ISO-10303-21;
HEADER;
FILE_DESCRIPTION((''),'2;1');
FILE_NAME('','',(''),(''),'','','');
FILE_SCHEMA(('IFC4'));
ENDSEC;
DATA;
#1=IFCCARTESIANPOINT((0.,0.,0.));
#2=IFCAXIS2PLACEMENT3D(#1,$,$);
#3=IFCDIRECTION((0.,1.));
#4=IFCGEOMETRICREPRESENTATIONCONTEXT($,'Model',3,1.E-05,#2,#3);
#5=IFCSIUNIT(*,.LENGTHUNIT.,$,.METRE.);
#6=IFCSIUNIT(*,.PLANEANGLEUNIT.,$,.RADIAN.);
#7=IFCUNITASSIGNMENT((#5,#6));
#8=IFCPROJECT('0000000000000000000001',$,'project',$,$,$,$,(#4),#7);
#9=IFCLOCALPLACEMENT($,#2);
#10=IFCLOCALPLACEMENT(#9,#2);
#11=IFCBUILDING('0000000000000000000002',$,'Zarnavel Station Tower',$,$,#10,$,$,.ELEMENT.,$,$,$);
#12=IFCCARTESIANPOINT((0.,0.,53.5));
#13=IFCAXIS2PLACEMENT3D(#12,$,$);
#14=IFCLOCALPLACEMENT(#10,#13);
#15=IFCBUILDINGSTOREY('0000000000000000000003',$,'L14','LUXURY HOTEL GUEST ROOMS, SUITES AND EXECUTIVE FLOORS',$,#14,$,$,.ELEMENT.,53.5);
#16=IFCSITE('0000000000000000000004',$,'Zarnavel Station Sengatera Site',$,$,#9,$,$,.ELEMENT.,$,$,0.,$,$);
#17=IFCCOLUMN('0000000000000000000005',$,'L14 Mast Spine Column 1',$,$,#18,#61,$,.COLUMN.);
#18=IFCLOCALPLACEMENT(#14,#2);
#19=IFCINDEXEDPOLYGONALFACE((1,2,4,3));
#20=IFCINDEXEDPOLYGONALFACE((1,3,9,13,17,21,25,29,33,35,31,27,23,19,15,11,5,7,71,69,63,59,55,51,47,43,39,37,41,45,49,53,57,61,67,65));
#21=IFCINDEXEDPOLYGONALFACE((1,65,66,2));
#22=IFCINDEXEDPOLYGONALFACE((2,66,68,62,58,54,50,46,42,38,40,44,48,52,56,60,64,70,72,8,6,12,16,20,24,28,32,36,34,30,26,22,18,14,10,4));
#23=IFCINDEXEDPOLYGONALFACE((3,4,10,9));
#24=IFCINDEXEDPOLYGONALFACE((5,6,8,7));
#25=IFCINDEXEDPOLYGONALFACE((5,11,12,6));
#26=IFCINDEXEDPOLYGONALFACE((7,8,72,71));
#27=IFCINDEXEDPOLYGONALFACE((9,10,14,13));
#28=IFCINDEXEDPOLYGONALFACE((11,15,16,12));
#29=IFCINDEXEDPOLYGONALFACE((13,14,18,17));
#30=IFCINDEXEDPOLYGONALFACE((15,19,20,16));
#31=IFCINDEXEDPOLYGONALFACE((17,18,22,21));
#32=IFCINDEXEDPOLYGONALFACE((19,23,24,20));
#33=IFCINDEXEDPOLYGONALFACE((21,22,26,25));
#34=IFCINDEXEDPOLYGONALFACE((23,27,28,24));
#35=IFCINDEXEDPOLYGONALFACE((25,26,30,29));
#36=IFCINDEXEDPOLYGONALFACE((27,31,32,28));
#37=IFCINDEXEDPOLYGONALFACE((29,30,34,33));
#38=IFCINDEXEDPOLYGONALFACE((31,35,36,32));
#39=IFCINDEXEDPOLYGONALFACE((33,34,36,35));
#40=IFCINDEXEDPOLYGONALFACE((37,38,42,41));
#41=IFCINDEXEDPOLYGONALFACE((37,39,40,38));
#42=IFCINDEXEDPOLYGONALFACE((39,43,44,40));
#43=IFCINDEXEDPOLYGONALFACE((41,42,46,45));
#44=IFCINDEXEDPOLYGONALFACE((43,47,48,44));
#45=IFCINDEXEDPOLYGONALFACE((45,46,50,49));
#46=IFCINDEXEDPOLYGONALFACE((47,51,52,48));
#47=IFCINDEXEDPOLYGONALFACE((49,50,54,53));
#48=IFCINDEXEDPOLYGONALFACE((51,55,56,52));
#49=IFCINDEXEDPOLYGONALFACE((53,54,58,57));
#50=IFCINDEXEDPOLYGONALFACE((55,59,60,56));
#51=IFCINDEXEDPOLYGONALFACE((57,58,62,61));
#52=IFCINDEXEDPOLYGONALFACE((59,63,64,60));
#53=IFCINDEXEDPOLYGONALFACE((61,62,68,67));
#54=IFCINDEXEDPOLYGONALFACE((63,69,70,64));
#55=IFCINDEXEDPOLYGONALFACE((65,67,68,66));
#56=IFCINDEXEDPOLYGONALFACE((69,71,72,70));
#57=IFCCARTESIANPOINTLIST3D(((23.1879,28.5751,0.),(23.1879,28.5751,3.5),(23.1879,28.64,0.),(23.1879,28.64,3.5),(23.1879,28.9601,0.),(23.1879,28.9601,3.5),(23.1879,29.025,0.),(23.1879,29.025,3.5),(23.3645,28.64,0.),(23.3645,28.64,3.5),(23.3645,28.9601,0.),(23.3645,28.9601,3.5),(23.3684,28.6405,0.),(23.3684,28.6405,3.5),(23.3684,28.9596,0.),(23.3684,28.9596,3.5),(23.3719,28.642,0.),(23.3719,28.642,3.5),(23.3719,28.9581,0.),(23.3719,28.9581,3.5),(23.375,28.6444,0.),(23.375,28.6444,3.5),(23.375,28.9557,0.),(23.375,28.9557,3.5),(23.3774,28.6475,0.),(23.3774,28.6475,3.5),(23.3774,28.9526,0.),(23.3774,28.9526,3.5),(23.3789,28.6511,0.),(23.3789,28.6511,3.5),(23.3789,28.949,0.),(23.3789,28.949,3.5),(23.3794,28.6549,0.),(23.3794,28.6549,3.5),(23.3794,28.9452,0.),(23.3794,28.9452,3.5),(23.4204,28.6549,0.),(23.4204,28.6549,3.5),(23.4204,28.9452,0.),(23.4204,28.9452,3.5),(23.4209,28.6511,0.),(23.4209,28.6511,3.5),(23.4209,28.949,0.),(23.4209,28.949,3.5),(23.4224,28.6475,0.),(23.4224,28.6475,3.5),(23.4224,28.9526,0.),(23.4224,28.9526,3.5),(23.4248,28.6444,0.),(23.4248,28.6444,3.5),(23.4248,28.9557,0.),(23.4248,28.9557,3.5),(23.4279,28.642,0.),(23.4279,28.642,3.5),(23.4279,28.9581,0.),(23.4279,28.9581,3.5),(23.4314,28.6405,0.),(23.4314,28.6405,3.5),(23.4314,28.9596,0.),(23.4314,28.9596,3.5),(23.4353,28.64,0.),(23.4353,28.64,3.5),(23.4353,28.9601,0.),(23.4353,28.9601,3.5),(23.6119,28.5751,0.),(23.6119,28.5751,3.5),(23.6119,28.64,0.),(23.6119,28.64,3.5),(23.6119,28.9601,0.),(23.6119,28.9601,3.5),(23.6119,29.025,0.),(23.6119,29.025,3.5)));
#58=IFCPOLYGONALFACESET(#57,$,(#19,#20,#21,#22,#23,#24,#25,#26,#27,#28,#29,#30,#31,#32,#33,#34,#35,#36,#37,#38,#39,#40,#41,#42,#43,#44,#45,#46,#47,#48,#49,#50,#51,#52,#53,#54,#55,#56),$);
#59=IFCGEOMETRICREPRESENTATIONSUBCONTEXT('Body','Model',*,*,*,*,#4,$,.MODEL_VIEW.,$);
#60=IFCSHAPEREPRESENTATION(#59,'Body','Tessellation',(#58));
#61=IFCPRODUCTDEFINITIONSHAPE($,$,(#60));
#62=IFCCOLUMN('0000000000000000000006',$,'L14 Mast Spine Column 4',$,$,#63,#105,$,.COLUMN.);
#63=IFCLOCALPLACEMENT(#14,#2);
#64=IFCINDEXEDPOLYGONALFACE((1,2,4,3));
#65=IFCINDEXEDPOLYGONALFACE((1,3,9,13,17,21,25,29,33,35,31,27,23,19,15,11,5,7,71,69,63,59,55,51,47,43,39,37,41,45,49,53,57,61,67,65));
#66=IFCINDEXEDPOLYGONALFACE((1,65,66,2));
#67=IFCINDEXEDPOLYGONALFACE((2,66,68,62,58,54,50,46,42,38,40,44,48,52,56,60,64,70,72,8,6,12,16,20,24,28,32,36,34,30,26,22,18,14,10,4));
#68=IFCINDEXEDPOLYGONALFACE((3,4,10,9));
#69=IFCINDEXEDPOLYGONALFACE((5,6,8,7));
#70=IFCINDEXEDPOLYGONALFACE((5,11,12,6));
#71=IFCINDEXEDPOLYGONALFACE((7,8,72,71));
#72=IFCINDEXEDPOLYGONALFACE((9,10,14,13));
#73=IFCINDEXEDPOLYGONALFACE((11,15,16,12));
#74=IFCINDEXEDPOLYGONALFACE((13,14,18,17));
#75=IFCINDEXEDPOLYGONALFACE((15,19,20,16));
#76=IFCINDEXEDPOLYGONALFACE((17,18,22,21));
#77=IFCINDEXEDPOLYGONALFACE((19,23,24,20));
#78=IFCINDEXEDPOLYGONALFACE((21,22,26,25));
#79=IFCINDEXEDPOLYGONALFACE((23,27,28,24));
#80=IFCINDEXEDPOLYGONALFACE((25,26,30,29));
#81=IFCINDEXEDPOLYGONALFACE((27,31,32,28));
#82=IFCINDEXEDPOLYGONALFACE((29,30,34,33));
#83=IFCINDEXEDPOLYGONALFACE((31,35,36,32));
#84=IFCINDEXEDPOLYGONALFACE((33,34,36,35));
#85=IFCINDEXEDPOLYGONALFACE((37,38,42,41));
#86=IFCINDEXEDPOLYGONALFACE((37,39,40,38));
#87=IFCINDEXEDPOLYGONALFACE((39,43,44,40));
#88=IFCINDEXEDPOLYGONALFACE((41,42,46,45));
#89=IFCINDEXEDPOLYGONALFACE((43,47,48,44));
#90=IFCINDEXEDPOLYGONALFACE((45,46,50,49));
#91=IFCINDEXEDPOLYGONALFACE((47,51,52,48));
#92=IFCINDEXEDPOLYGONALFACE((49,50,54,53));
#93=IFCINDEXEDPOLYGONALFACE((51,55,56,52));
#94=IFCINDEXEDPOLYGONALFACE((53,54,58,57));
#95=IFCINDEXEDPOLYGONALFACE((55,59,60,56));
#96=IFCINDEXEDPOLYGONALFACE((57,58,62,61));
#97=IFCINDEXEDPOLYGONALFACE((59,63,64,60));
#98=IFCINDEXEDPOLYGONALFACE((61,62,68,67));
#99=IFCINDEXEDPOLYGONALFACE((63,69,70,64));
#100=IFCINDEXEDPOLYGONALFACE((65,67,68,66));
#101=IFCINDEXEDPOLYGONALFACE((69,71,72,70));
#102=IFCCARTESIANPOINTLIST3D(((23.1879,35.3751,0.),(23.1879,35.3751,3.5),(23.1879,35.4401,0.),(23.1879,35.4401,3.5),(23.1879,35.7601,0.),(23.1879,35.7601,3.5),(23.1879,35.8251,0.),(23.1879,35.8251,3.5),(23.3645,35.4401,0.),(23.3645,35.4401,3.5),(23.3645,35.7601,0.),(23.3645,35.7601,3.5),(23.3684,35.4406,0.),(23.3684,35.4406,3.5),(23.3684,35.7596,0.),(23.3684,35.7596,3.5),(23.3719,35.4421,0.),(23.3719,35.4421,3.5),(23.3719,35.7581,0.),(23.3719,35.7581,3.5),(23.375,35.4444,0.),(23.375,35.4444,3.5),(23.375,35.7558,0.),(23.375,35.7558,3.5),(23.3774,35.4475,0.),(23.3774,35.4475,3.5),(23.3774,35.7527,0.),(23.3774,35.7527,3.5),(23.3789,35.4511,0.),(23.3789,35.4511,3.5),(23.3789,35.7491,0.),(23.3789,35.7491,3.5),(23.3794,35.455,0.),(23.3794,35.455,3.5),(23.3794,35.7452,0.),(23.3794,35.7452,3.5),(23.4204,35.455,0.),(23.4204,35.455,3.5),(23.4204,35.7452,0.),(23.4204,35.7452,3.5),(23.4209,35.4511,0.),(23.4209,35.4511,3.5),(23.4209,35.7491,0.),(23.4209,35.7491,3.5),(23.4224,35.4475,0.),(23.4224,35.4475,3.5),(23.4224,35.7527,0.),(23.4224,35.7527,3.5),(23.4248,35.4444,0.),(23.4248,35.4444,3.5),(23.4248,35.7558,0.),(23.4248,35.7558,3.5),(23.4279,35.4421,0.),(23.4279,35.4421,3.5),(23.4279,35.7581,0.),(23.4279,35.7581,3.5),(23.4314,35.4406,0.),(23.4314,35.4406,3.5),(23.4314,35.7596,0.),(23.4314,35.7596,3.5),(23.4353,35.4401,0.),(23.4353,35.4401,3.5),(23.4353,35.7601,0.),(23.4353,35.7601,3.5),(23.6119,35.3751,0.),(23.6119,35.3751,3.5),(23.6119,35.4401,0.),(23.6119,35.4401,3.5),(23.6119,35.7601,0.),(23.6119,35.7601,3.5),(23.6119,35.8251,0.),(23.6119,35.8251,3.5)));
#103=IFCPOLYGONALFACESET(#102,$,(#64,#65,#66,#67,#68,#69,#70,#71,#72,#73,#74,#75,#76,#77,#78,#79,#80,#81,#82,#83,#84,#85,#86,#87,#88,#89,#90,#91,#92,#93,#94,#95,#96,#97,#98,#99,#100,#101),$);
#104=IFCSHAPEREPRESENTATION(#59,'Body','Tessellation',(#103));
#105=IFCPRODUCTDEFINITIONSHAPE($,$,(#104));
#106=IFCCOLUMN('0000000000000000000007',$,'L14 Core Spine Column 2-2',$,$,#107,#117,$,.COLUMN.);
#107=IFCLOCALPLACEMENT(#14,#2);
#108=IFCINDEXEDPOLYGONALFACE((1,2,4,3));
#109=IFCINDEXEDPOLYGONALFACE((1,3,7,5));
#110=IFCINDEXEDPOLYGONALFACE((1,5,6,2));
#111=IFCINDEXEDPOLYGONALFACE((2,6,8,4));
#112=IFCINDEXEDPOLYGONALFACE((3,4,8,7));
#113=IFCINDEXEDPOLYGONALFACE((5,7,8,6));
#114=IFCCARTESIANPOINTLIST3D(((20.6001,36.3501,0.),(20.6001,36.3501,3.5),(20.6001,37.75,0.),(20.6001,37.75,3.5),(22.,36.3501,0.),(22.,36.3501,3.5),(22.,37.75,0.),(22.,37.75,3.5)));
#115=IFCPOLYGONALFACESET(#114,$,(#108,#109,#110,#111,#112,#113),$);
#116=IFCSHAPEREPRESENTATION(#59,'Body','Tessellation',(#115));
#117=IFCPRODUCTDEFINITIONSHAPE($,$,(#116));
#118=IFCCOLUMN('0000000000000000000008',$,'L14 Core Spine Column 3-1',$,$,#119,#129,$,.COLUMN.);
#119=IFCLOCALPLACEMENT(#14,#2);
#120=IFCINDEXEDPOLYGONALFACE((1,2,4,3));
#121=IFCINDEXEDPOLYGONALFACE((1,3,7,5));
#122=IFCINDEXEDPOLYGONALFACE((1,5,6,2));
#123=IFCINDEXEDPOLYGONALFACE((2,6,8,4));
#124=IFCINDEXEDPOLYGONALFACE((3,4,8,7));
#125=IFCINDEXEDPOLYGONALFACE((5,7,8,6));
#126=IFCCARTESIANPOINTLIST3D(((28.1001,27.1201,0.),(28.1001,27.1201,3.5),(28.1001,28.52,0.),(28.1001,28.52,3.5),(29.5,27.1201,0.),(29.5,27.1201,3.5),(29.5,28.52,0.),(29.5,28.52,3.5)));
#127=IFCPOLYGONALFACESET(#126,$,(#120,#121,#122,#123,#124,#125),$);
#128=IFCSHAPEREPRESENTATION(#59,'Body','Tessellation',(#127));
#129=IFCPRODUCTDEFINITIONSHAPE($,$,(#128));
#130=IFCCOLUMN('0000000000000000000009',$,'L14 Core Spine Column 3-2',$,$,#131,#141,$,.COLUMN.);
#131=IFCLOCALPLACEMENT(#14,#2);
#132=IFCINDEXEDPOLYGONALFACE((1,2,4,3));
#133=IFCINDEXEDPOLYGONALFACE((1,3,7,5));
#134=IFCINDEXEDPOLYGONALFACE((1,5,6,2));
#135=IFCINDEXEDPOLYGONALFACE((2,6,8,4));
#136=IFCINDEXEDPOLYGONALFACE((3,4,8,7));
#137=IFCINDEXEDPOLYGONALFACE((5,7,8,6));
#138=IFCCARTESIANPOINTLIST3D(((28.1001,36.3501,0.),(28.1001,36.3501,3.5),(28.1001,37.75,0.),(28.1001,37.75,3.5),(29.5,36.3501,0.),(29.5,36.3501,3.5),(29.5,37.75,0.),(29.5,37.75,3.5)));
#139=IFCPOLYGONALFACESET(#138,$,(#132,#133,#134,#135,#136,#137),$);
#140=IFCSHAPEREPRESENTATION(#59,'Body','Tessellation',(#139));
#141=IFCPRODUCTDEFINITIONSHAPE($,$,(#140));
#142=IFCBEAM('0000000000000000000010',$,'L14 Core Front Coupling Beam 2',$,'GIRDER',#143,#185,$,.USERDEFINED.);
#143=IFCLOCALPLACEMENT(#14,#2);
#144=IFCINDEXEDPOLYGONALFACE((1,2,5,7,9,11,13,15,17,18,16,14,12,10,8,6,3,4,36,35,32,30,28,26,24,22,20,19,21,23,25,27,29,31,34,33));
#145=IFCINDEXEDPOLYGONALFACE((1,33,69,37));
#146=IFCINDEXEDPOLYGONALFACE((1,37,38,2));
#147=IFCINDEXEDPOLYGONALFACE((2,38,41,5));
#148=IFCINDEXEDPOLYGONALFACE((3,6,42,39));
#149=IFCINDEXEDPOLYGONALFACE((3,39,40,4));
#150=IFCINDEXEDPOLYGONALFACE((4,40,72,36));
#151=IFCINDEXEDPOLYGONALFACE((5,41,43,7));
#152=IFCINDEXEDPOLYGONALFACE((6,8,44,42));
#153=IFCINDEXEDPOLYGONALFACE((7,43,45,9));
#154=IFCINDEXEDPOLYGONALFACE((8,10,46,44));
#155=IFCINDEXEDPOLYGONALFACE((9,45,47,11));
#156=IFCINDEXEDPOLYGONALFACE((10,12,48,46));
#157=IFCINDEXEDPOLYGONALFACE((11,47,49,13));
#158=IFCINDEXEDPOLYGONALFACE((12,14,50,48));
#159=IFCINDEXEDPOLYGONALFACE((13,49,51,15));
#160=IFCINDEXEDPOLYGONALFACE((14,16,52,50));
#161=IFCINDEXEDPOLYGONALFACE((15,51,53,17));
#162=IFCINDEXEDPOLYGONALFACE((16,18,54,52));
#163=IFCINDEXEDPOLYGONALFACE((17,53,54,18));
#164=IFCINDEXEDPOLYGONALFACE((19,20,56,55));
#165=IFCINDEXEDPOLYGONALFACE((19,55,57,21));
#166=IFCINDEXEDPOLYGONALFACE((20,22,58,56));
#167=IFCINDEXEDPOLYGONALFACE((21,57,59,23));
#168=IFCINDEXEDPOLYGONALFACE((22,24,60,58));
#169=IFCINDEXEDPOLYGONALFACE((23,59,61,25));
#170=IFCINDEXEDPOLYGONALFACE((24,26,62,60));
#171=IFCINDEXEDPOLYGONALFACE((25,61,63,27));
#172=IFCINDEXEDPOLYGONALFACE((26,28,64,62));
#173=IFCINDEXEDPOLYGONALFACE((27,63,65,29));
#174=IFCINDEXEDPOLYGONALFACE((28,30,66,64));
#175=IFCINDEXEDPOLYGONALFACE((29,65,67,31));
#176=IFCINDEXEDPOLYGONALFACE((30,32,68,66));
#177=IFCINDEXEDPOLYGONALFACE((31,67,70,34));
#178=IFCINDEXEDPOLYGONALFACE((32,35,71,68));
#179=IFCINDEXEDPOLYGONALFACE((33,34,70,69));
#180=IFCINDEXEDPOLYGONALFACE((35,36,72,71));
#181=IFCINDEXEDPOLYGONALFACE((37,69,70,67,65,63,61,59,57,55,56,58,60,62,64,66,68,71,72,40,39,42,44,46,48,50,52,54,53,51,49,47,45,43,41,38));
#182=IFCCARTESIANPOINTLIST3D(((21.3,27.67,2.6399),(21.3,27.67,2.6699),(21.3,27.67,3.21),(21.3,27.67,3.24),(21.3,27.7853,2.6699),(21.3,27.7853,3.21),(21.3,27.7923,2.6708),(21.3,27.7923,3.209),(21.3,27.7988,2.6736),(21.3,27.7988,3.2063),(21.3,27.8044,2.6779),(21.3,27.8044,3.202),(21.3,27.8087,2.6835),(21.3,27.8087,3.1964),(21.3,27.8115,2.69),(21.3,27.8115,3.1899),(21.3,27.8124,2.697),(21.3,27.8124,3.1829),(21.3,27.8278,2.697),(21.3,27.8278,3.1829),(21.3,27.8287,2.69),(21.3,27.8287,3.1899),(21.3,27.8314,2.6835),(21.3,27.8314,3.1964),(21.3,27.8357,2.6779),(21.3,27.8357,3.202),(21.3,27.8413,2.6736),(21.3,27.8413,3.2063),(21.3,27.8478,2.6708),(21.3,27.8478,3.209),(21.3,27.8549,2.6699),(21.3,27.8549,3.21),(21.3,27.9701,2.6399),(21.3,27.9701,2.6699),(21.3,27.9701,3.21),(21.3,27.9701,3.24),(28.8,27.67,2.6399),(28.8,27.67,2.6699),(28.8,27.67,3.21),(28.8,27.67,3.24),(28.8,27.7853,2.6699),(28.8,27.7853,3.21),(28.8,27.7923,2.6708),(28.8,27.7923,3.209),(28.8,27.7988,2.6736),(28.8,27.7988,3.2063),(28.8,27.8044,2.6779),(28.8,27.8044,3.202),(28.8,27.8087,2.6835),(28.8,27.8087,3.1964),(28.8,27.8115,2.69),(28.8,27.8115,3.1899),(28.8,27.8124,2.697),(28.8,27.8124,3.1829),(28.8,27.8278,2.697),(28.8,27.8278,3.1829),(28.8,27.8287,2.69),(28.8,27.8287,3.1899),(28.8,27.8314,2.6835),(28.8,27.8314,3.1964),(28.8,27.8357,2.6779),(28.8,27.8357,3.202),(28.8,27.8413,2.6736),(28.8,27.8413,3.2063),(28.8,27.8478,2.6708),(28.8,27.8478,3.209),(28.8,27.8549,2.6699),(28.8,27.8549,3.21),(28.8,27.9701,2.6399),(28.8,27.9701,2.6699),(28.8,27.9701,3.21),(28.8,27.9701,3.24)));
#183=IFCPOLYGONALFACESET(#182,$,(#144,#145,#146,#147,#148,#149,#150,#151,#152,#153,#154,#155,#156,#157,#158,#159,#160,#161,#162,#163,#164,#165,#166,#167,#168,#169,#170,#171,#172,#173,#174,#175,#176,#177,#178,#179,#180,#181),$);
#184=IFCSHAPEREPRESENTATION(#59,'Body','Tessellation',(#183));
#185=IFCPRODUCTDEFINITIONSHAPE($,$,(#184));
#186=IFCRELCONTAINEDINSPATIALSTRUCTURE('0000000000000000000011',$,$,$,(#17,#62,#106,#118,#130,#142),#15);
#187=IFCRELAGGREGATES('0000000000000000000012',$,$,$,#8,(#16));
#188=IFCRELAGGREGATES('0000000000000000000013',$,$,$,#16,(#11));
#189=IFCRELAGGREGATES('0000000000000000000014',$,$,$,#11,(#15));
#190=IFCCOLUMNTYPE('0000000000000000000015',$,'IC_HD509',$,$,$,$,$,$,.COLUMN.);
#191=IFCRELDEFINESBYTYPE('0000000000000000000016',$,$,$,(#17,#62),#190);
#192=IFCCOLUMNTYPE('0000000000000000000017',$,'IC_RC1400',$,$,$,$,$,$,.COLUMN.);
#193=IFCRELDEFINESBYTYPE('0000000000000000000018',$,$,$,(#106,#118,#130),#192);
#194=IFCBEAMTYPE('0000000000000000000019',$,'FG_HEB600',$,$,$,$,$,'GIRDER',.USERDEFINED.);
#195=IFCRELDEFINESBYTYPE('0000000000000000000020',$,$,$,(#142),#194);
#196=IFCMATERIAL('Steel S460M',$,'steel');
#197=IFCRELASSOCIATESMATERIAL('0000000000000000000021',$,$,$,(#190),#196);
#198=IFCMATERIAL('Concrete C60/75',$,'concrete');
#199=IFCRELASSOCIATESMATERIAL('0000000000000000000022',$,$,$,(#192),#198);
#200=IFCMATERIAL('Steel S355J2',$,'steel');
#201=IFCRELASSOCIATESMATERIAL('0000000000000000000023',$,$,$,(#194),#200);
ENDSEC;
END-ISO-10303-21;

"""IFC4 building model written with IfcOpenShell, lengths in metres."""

from ifc_helpers import new_model, si_unit, direction, frame, origin, origin_2d, place, context, subcontext, project, spatial, rectangle, i_section, extrude, material, material_profile, profile_set, type_object, element, save


model = new_model("IFC4")

# Units and contexts
model_context = context("Model", 3, precision=1e-05, world=origin(), true_north=direction((0.0, 1.0)))
body_context = subcontext(model_context, "Body", "Model", "MODEL_VIEW")
ifc_project = project(units=[si_unit("LENGTHUNIT", "METRE"), si_unit("PLANEANGLEUNIT", "RADIAN")], contexts=[model_context])

# Site, building, storey
site_placement = place(None, origin())
site = spatial("IfcSite", under=ifc_project, at=site_placement, Name="Zarnavel Station Sengatera Site", CompositionType="ELEMENT", RefElevation=0.0)
building_placement = place(site_placement, origin())
building = spatial("IfcBuilding", under=site, at=building_placement, Name="Zarnavel Station Tower", CompositionType="ELEMENT")
storey_placement = place(building_placement, frame((0.0, 0.0, 53.5)))
storey = spatial("IfcBuildingStorey", under=building, at=storey_placement, Name="L14", Description="LUXURY HOTEL GUEST ROOMS, SUITES AND EXECUTIVE FLOORS", CompositionType="ELEMENT", Elevation=53.5)

# Columns
ifc_material_1 = material(Name="Steel S460M", Category="steel")
ifc_material_profile_1 = material_profile(ifc_material_1, i_section(OverallWidth=0.4241, OverallDepth=0.45, WebThickness=0.041, FlangeThickness=0.0649, FilletRadius=0.0149, at=origin_2d()), Name="HD400x509")
ifc_profile_set_1 = profile_set([ifc_material_profile_1], Name="Steel S460M")
column_type_1 = type_object("IfcColumnType", Name="IC_HD509", PredefinedType="COLUMN", material=ifc_profile_set_1)
for number, where, z_axis, x_axis, name in (
    (1, (23.3999, 28.8, 0.0), (0.0, 0.0, 1.0), (1.0, 0.0, 0.0), "L14 Mast Spine Column 1"),
    (2, (23.3999, 35.6001, 0.0), (0.0, 0.0, 1.0), (1.0, 0.0, 0.0), "L14 Mast Spine Column 4"),
):
    element("IfcColumn", number, at=place(storey_placement, frame(where, z_axis=z_axis, x_axis=x_axis)), inside=storey, type_object=column_type_1, Name=name, PredefinedType="COLUMN", context=body_context, shape_type="SweptSolid", body=[
        extrude(i_section(OverallWidth=0.4241, OverallDepth=0.45, WebThickness=0.041, FlangeThickness=0.0649, FilletRadius=0.0149, at=origin_2d()), origin(), (0.0, 0.0, 1.0), 3.5),
    ])
ifc_material_2 = material(Name="Concrete C60/75", Category="concrete")
ifc_material_profile_2 = material_profile(ifc_material_2, rectangle(XDim=1.3999, YDim=1.3999, at=origin_2d()), Name="RC1400x1400")
ifc_profile_set_2 = profile_set([ifc_material_profile_2], Name="Concrete C60/75")
column_type_2 = type_object("IfcColumnType", Name="IC_RC1400", PredefinedType="COLUMN", material=ifc_profile_set_2)
for number, where, z_axis, x_axis, name in (
    (3, (21.3, 37.05, 0.0), (0.0, 0.0, 1.0), (1.0, 0.0, 0.0), "L14 Core Spine Column 2-2"),
    (4, (28.8, 27.8201, 0.0), (0.0, 0.0, 1.0), (1.0, 0.0, 0.0), "L14 Core Spine Column 3-1"),
    (5, (28.8, 37.05, 0.0), (0.0, 0.0, 1.0), (1.0, 0.0, 0.0), "L14 Core Spine Column 3-2"),
):
    element("IfcColumn", number, at=place(storey_placement, frame(where, z_axis=z_axis, x_axis=x_axis)), inside=storey, type_object=column_type_2, Name=name, PredefinedType="COLUMN", context=body_context, shape_type="SweptSolid", body=[
        extrude(rectangle(XDim=1.3999, YDim=1.3999, at=origin_2d()), origin(), (0.0, 0.0, 1.0), 3.5),
    ])

# Beam
ifc_material_3 = material(Name="Steel S355J2", Category="steel")
ifc_material_profile_3 = material_profile(ifc_material_3, i_section(OverallWidth=0.3, OverallDepth=0.6001, WebThickness=0.0154, FlangeThickness=0.03, FilletRadius=0.0271, at=origin_2d()), Name="HEB600")
ifc_profile_set_3 = profile_set([ifc_material_profile_3], Name="Steel S355J2")
beam_type_1 = type_object("IfcBeamType", Name="FG_HEB600", ElementType="GIRDER", PredefinedType="USERDEFINED", material=ifc_profile_set_3)
beam_1_placement = place(storey_placement, frame((21.3, 27.8201, 2.9399), z_axis=(1.0, 0.0, 0.0), x_axis=(0.0, 1.0, 0.0)))
element("IfcBeam", 6, at=beam_1_placement, inside=storey, type_object=beam_type_1, Name="L14 Core Front Coupling Beam 2", ObjectType="GIRDER", PredefinedType="USERDEFINED", context=body_context, shape_type="SweptSolid", body=[
    extrude(i_section(OverallWidth=0.3, OverallDepth=0.6001, WebThickness=0.0154, FlangeThickness=0.03, FilletRadius=0.0271, at=origin_2d()), origin(), (0.0, 0.0, 1.0), 7.5),
])

save(model, "model.ifc")
